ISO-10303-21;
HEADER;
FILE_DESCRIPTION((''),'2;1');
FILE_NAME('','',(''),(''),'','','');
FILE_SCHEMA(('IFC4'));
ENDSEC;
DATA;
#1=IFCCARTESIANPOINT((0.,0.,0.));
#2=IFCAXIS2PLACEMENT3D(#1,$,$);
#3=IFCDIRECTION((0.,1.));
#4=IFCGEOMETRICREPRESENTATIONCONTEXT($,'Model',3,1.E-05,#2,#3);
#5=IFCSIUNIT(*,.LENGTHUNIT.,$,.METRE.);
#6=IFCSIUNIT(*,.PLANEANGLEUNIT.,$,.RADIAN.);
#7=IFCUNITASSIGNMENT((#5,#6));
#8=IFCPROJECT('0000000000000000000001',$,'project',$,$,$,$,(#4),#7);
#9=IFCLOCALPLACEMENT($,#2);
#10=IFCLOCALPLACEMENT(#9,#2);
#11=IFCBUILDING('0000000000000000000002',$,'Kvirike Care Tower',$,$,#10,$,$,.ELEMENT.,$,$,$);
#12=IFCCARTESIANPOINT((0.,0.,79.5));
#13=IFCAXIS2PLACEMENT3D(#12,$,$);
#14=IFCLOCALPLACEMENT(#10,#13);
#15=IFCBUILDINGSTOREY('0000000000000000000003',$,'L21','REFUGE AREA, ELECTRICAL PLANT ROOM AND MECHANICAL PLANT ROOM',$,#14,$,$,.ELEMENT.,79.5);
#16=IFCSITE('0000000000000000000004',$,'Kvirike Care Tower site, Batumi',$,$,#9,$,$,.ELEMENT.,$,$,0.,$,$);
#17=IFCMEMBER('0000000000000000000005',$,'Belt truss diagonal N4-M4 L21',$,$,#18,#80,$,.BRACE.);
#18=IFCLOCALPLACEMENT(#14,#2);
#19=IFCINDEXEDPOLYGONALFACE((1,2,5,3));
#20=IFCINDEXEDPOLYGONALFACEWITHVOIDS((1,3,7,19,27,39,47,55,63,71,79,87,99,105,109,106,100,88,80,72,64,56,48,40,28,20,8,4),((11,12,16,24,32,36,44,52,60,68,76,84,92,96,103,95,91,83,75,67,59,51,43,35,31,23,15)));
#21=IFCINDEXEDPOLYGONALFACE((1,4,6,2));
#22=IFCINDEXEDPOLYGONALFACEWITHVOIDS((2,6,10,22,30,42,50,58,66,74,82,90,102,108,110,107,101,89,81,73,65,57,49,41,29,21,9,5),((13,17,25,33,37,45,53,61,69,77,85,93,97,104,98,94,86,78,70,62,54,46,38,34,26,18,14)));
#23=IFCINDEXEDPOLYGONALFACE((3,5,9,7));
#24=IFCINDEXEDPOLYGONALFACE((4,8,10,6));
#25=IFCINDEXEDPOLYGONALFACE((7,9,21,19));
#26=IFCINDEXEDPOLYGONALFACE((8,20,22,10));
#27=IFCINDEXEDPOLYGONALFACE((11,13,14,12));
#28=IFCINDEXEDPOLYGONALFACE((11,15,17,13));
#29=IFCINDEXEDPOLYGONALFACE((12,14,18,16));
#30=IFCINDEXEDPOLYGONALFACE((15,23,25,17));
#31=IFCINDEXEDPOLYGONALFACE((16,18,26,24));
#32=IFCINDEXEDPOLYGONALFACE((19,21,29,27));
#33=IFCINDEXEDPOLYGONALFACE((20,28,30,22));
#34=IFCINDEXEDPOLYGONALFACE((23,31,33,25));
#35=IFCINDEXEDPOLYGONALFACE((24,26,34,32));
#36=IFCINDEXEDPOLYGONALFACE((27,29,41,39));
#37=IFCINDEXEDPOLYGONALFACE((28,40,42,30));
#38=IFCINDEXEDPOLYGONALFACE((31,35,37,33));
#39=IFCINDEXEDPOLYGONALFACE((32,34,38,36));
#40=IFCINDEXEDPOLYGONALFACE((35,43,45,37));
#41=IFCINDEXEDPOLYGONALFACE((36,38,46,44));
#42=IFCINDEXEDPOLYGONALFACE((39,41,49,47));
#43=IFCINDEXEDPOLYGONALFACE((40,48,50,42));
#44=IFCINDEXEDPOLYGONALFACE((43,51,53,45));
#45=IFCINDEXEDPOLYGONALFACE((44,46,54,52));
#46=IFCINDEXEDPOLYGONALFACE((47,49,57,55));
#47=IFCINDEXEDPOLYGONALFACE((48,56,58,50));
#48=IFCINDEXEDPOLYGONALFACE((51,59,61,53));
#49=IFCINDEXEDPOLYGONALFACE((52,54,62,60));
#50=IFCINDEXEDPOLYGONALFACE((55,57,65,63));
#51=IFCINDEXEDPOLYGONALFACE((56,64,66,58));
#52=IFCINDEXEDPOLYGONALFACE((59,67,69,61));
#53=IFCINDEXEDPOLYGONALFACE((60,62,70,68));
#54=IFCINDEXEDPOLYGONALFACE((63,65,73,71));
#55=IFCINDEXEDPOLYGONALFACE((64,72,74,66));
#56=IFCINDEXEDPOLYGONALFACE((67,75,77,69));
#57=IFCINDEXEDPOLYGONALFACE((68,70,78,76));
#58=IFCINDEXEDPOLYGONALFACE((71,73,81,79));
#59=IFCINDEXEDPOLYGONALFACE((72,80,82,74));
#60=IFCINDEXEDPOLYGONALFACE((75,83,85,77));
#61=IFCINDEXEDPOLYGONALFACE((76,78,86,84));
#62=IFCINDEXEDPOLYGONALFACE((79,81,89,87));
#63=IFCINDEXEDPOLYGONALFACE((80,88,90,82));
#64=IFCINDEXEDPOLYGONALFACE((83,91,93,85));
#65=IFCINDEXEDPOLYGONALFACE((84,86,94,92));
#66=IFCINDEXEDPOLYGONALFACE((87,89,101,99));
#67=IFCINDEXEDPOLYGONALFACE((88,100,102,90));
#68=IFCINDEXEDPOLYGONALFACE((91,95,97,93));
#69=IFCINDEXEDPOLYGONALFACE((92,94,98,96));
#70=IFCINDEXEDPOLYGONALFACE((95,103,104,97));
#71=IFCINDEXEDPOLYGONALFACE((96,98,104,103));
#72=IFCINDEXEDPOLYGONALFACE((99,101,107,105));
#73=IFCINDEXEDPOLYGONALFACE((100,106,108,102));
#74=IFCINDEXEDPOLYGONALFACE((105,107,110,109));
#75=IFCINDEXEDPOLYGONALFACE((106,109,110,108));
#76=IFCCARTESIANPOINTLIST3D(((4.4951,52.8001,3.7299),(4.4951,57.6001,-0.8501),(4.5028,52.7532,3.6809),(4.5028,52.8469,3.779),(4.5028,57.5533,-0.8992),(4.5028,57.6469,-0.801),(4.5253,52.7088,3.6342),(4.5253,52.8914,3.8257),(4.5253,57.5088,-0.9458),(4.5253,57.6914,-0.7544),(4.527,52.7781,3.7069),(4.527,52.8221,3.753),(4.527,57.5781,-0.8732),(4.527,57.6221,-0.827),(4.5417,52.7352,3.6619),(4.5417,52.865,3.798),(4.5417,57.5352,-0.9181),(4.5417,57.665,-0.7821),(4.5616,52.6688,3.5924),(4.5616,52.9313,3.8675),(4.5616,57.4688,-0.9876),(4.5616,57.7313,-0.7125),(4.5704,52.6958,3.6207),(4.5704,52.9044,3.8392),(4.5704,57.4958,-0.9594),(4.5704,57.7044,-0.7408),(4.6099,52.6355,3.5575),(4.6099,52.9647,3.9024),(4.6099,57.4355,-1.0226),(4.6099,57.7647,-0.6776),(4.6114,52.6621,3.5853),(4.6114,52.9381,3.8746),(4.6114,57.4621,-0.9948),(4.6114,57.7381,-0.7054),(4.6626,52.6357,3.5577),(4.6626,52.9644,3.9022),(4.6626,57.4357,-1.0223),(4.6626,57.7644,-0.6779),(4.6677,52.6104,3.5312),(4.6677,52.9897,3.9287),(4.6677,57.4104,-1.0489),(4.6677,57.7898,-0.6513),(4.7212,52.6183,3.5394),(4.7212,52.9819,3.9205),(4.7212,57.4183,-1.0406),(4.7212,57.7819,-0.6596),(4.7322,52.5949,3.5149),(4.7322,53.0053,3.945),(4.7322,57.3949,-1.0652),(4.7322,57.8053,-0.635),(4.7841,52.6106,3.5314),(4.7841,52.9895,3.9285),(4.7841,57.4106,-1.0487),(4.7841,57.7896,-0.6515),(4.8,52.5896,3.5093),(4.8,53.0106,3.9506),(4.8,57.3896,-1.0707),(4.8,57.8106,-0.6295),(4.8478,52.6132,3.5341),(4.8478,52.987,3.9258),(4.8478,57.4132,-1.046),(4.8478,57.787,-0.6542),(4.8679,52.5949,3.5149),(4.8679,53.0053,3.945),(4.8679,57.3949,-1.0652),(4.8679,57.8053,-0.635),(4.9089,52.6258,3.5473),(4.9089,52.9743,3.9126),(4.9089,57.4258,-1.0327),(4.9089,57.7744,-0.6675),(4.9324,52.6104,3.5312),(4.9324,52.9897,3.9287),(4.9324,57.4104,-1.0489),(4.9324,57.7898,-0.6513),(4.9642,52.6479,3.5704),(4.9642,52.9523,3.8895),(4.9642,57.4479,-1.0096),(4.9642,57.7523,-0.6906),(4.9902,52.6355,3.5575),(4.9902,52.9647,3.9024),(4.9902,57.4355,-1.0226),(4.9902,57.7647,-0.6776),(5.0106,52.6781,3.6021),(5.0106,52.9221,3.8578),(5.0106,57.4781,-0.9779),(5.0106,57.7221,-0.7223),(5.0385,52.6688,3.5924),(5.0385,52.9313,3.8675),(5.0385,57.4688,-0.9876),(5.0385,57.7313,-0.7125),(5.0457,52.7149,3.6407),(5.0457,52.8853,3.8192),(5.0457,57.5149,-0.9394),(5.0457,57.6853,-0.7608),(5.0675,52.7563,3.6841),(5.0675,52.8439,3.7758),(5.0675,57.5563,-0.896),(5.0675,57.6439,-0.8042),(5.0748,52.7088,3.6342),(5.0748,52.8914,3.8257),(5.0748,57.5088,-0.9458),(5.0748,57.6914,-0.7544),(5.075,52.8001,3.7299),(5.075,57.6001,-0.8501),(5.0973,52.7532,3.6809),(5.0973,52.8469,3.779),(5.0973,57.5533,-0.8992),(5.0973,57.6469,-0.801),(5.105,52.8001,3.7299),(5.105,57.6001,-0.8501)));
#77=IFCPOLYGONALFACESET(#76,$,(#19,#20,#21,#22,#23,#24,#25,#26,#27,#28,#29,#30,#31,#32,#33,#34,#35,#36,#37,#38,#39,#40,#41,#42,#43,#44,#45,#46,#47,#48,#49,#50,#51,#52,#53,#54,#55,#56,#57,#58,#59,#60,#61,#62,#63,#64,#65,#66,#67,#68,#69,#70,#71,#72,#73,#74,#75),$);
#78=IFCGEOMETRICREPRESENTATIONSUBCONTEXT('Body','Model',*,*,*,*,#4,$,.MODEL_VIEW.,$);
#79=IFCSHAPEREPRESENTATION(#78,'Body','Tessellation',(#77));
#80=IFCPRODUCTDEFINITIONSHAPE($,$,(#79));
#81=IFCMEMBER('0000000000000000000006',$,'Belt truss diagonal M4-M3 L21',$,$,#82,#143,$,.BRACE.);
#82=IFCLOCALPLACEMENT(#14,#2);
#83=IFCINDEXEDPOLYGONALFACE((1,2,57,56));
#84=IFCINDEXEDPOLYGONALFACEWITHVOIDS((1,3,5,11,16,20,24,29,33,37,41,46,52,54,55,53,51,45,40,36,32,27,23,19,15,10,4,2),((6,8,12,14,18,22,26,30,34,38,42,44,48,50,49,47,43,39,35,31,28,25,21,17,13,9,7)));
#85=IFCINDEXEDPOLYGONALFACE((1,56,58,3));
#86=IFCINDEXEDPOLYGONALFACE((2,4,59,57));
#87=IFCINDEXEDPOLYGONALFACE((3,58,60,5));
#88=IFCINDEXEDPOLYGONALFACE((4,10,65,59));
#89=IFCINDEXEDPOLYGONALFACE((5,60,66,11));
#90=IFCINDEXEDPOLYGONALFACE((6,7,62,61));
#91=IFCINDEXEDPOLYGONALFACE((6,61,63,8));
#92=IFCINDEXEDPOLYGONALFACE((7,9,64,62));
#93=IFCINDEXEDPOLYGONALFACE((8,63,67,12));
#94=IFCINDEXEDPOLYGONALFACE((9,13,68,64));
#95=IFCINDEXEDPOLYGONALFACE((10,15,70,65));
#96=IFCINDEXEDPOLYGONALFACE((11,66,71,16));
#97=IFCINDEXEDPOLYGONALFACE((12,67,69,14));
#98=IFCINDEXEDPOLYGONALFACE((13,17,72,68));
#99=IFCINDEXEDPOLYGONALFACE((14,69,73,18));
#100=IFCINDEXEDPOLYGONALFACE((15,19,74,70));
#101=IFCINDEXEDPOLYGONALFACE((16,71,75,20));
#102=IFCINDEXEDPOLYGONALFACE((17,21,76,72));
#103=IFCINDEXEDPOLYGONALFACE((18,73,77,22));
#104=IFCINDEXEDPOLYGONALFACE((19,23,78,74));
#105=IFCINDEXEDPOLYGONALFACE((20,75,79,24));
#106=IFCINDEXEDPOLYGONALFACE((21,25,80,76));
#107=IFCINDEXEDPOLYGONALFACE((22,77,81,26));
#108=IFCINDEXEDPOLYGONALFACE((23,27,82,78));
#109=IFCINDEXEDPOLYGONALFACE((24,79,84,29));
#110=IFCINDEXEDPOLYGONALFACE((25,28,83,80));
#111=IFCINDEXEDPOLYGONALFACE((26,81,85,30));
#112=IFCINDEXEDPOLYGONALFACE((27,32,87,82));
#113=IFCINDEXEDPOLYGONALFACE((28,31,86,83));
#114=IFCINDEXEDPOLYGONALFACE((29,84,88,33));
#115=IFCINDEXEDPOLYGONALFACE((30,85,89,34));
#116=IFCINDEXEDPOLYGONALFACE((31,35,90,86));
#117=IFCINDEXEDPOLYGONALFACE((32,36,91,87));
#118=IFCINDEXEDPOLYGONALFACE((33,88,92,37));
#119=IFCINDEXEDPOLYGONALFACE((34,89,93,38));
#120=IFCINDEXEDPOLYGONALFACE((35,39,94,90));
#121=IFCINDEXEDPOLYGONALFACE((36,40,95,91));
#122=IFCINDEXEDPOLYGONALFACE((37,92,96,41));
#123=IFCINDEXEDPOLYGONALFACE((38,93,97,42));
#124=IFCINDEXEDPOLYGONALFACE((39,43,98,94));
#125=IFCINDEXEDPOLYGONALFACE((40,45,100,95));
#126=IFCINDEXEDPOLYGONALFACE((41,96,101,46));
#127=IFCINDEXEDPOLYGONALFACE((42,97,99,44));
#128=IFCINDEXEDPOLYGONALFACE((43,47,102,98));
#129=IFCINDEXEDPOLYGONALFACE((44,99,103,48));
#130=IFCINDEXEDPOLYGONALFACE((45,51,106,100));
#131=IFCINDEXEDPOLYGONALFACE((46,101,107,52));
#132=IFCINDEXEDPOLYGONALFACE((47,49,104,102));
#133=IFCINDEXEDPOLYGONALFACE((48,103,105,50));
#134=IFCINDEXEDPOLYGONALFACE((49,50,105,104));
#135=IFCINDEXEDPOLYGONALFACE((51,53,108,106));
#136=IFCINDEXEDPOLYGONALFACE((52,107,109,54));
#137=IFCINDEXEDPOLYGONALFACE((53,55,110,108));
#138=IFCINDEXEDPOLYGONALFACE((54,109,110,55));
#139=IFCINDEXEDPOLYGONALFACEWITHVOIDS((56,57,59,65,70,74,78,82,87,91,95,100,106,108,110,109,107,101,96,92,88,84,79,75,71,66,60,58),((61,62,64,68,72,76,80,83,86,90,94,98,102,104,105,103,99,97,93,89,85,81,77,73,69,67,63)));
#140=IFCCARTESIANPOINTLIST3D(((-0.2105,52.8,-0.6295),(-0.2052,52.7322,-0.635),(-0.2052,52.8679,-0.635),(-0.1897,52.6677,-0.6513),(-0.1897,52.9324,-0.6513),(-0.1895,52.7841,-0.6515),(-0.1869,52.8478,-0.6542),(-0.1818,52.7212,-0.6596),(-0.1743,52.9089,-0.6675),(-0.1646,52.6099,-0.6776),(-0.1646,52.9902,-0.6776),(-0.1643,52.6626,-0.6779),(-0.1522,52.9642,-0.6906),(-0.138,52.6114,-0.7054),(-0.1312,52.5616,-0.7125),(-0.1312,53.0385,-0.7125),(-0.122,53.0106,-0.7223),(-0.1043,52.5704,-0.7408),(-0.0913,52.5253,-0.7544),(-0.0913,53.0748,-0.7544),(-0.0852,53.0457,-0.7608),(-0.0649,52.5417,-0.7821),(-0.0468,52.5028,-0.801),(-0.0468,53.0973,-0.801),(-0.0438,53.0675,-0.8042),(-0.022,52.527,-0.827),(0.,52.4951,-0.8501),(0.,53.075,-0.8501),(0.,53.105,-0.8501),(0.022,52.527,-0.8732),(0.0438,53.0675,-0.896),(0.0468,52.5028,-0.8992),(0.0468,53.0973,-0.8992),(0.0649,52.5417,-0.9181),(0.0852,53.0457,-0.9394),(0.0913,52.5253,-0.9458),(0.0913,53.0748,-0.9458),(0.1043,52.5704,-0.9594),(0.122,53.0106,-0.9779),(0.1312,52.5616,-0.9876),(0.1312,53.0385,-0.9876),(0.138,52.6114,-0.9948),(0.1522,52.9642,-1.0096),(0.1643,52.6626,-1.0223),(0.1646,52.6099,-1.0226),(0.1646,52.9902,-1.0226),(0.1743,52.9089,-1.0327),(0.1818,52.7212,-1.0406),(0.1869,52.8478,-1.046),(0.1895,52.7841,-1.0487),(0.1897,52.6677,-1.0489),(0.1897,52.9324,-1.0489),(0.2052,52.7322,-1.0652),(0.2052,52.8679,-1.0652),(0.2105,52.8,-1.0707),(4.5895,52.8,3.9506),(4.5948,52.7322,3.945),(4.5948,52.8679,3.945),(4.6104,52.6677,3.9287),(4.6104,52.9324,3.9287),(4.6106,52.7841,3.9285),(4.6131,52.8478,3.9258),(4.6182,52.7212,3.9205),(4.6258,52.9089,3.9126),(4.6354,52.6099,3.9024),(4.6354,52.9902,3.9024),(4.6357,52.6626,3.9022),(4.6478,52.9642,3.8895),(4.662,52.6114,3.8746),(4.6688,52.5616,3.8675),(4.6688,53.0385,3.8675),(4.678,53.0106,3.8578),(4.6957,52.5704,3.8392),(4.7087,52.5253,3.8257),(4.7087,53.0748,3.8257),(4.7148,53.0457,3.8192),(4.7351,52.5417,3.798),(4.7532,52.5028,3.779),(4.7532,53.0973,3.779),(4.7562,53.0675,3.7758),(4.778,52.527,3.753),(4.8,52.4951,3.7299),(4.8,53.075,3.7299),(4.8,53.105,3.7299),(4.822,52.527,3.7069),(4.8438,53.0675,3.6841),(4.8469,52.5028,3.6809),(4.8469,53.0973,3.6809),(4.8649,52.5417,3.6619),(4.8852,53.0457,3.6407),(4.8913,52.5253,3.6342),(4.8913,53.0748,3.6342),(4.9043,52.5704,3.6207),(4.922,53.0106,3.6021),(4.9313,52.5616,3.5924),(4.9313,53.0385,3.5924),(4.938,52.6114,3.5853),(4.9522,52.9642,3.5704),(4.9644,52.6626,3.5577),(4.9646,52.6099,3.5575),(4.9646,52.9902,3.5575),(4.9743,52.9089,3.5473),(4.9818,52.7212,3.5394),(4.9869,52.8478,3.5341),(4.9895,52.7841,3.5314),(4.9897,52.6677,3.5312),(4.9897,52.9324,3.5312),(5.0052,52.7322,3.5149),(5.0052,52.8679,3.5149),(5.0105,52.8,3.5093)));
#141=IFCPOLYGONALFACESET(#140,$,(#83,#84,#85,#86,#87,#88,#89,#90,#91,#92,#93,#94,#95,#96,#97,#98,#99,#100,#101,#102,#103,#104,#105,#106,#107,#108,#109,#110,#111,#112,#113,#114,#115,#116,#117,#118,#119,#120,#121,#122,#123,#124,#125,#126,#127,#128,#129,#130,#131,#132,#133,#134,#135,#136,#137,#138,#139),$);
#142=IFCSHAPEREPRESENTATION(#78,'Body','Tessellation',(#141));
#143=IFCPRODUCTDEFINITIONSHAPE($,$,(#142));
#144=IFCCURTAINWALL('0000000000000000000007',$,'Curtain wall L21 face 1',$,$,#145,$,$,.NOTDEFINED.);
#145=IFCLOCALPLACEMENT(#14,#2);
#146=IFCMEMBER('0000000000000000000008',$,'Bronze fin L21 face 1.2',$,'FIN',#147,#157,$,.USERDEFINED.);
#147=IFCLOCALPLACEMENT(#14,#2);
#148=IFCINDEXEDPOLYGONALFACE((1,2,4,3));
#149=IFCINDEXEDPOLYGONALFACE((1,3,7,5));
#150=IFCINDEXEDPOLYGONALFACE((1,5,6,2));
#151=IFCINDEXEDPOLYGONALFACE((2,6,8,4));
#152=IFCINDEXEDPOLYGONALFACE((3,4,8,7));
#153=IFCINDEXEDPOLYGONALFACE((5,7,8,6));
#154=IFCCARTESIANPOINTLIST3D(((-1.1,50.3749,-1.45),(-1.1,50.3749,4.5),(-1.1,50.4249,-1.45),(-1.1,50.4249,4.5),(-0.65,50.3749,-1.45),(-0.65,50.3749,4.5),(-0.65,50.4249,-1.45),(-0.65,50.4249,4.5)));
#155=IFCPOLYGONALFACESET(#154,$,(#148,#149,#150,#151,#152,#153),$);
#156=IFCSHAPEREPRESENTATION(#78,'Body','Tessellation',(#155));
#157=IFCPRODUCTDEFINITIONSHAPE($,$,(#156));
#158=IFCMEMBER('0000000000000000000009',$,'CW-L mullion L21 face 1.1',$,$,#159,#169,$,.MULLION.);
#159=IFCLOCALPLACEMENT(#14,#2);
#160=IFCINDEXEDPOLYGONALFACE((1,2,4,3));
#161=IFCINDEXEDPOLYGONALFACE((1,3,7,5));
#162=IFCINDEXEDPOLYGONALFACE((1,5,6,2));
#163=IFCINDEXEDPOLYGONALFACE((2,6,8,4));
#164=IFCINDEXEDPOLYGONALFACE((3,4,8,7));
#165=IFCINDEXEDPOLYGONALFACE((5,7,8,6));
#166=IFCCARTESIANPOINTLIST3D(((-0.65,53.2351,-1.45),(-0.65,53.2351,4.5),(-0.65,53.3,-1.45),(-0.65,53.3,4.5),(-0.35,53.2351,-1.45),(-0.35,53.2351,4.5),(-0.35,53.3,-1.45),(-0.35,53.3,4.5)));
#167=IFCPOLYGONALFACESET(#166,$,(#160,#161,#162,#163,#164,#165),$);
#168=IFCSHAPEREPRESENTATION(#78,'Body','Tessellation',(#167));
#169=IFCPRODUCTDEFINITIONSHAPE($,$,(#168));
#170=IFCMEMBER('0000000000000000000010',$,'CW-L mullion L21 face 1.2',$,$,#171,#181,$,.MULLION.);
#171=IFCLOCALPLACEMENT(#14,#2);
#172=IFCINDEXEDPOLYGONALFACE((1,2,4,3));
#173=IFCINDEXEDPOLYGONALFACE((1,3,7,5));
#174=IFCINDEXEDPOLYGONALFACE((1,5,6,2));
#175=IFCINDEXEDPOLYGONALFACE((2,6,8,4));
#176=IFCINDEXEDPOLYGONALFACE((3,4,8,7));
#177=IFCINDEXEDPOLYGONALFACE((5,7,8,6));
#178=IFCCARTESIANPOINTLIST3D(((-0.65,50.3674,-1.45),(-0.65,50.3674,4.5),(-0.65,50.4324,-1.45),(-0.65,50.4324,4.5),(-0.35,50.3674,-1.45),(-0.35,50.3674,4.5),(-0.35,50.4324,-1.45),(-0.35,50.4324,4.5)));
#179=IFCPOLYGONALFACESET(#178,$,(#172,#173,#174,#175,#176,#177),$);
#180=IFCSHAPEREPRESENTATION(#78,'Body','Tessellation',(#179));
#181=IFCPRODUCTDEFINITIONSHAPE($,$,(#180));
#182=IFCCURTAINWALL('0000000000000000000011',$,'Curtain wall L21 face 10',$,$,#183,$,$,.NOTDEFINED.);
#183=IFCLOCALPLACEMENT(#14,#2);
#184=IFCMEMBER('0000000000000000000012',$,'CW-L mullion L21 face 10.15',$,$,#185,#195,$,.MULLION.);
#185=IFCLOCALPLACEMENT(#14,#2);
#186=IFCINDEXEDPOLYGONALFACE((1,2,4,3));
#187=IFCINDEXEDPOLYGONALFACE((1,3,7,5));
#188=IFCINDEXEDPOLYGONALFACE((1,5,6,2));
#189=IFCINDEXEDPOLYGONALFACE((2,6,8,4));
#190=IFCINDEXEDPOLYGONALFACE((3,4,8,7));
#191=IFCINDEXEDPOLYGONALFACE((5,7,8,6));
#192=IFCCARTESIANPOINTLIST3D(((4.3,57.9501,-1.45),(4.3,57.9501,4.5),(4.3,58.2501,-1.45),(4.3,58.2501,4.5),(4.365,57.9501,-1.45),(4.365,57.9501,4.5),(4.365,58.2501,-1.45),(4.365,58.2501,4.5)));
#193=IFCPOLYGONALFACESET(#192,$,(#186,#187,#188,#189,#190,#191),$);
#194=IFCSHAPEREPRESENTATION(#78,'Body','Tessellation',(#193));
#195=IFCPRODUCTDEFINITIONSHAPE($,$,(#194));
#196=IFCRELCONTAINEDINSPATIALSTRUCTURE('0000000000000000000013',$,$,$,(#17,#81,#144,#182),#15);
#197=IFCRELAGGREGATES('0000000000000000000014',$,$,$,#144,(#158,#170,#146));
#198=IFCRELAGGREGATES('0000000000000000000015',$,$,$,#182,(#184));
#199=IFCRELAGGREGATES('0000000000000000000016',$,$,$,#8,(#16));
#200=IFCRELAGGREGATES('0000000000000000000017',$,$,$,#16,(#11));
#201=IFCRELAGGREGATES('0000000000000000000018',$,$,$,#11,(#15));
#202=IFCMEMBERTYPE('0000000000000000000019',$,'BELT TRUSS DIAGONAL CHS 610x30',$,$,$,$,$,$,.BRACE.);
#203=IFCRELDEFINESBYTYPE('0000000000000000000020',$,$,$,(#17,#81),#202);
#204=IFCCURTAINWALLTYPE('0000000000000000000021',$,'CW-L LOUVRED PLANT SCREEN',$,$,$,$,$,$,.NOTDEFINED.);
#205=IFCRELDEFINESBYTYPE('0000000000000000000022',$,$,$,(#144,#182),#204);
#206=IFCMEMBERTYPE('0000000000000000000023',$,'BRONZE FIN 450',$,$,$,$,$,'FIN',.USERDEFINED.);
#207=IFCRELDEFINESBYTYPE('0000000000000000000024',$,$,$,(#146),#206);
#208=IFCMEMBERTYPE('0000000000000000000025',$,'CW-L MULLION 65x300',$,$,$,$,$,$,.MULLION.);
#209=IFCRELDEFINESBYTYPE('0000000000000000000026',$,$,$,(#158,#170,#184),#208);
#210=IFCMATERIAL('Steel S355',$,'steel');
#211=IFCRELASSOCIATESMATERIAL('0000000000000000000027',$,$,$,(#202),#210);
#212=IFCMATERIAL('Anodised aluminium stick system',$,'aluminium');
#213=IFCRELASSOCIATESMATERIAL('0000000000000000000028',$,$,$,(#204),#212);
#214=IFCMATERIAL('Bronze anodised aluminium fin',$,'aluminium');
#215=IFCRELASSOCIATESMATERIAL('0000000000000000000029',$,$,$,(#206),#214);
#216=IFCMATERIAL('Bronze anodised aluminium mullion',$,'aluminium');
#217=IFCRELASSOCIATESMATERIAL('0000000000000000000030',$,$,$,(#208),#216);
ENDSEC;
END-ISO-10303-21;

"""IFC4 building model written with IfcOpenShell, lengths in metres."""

from ifc_helpers import new_model, si_unit, direction, frame, origin, origin_2d, place, context, subcontext, project, spatial, rectangle, hollow_circle, extrude, material, material_profile, profile_set, type_object, element, aggregate, save


model = new_model("IFC4")

# Units and contexts
model_context = context("Model", 3, precision=1e-05, world=origin(), true_north=direction((0.0, 1.0)))
body_context = subcontext(model_context, "Body", "Model", "MODEL_VIEW")
ifc_project = project(units=[si_unit("LENGTHUNIT", "METRE"), si_unit("PLANEANGLEUNIT", "RADIAN")], contexts=[model_context])

# Site, building, storey
site_placement = place(None, origin())
site = spatial("IfcSite", under=ifc_project, at=site_placement, Name="Kvirike Care Tower site, Batumi", CompositionType="ELEMENT", RefElevation=0.0)
building_placement = place(site_placement, origin())
building = spatial("IfcBuilding", under=site, at=building_placement, Name="Kvirike Care Tower", CompositionType="ELEMENT")
storey_placement = place(building_placement, frame((0.0, 0.0, 79.5)))
storey = spatial("IfcBuildingStorey", under=building, at=storey_placement, Name="L21", Description="REFUGE AREA, ELECTRICAL PLANT ROOM AND MECHANICAL PLANT ROOM", CompositionType="ELEMENT", Elevation=79.5)

# Members
ifc_material_1 = material(Name="Steel S355", Category="steel")
ifc_material_profile_1 = material_profile(ifc_material_1, hollow_circle(Radius=0.3049, WallThickness=0.03, at=origin_2d()), Name="CHS 610x30")
ifc_profile_set_1 = profile_set([ifc_material_profile_1], Name="Steel S355")
member_type_1 = type_object("IfcMemberType", Name="BELT TRUSS DIAGONAL CHS 610x30", PredefinedType="BRACE", material=ifc_profile_set_1)
for number, where, z_axis, x_axis, name in (
    (1, (4.8, 57.6001, -0.8501), (0.0, -0.72349, 0.690335), (1.0, 0.0, 0.0), "Belt truss diagonal N4-M4 L21"),
    (2, (0.0, 52.8, -0.8501), (0.72349, 0.0, 0.690335), (0.0, 1.0, 0.0), "Belt truss diagonal M4-M3 L21"),
):
    element("IfcMember", number, at=place(storey_placement, frame(where, z_axis=z_axis, x_axis=x_axis)), inside=storey, type_object=member_type_1, Name=name, PredefinedType="BRACE", context=body_context, shape_type="SweptSolid", body=[
        extrude(hollow_circle(Radius=0.3049, WallThickness=0.03, at=origin_2d()), origin(), (0.0, 0.0, 1.0), 6.6345),
    ])

# Curtain wall, members
ifc_material_2 = material(Name="Anodised aluminium stick system", Category="aluminium")
curtain_wall_type = type_object("IfcCurtainWallType", Name="CW-L LOUVRED PLANT SCREEN", PredefinedType="NOTDEFINED", material=ifc_material_2)
curtain_wall_1_placement = place(storey_placement, origin())
curtain_wall_1 = element("IfcCurtainWall", 3, at=curtain_wall_1_placement, inside=storey, type_object=curtain_wall_type, Name="Curtain wall L21 face 1", PredefinedType="NOTDEFINED")
ifc_material_3 = material(Name="Bronze anodised aluminium fin", Category="aluminium")
ifc_material_profile_2 = material_profile(ifc_material_3, rectangle(XDim=0.05, YDim=0.45, at=origin_2d()), Name="BRONZE FIN 450")
ifc_profile_set_2 = profile_set([ifc_material_profile_2], Name="Bronze anodised aluminium fin")
member_type_2 = type_object("IfcMemberType", Name="BRONZE FIN 450", ElementType="FIN", PredefinedType="USERDEFINED", material=ifc_profile_set_2)
member_1_placement = place(storey_placement, frame((-0.875, 50.3999, -1.45), z_axis=(0.0, 0.0, 1.0), x_axis=(0.0, -1.0, 0.0)))
member_1 = element("IfcMember", 4, at=member_1_placement, type_object=member_type_2, Name="Bronze fin L21 face 1.2", ObjectType="FIN", PredefinedType="USERDEFINED", context=body_context, shape_type="SweptSolid", body=[
    extrude(rectangle(XDim=0.05, YDim=0.45, at=origin_2d()), origin(), (0.0, 0.0, 1.0), 5.95),
])
ifc_material_4 = material(Name="Bronze anodised aluminium mullion", Category="aluminium")
ifc_material_profile_3 = material_profile(ifc_material_4, rectangle(XDim=0.0649, YDim=0.3, at=origin_2d()), Name="CW-L MULLION 65x300")
ifc_profile_set_3 = profile_set([ifc_material_profile_3], Name="Bronze anodised aluminium mullion")
member_type_3 = type_object("IfcMemberType", Name="CW-L MULLION 65x300", PredefinedType="MULLION", material=ifc_profile_set_3)
member_2_placement = place(storey_placement, frame((-0.5, 53.2676, -1.45), z_axis=(0.0, 0.0, 1.0), x_axis=(0.0, -1.0, 0.0)))
member_2 = element("IfcMember", 5, at=member_2_placement, type_object=member_type_3, Name="CW-L mullion L21 face 1.1", PredefinedType="MULLION", context=body_context, shape_type="SweptSolid", body=[
    extrude(rectangle(XDim=0.0649, YDim=0.3, at=origin_2d()), origin(), (0.0, 0.0, 1.0), 5.95),
])
member_3_placement = place(storey_placement, frame((-0.5, 50.3999, -1.45), z_axis=(0.0, 0.0, 1.0), x_axis=(0.0, -1.0, 0.0)))
member_3 = element("IfcMember", 6, at=member_3_placement, type_object=member_type_3, Name="CW-L mullion L21 face 1.2", PredefinedType="MULLION", context=body_context, shape_type="SweptSolid", body=[
    extrude(rectangle(XDim=0.0649, YDim=0.3, at=origin_2d()), origin(), (0.0, 0.0, 1.0), 5.95),
])

# Curtain wall, member
curtain_wall_2_placement = place(storey_placement, origin())
curtain_wall_2 = element("IfcCurtainWall", 7, at=curtain_wall_2_placement, inside=storey, type_object=curtain_wall_type, Name="Curtain wall L21 face 10", PredefinedType="NOTDEFINED")
member_4_placement = place(storey_placement, frame((4.3325, 58.1001, -1.45), z_axis=(0.0, 0.0, 1.0), x_axis=(-1.0, 0.0, 0.0)))
member_4 = element("IfcMember", 8, at=member_4_placement, type_object=member_type_3, Name="CW-L mullion L21 face 10.15", PredefinedType="MULLION", context=body_context, shape_type="SweptSolid", body=[
    extrude(rectangle(XDim=0.0649, YDim=0.3, at=origin_2d()), origin(), (0.0, 0.0, 1.0), 5.95),
])

aggregate(curtain_wall_1, [member_2, member_3, member_1])
aggregate(curtain_wall_2, [member_4])

save(model, "model.ifc")
